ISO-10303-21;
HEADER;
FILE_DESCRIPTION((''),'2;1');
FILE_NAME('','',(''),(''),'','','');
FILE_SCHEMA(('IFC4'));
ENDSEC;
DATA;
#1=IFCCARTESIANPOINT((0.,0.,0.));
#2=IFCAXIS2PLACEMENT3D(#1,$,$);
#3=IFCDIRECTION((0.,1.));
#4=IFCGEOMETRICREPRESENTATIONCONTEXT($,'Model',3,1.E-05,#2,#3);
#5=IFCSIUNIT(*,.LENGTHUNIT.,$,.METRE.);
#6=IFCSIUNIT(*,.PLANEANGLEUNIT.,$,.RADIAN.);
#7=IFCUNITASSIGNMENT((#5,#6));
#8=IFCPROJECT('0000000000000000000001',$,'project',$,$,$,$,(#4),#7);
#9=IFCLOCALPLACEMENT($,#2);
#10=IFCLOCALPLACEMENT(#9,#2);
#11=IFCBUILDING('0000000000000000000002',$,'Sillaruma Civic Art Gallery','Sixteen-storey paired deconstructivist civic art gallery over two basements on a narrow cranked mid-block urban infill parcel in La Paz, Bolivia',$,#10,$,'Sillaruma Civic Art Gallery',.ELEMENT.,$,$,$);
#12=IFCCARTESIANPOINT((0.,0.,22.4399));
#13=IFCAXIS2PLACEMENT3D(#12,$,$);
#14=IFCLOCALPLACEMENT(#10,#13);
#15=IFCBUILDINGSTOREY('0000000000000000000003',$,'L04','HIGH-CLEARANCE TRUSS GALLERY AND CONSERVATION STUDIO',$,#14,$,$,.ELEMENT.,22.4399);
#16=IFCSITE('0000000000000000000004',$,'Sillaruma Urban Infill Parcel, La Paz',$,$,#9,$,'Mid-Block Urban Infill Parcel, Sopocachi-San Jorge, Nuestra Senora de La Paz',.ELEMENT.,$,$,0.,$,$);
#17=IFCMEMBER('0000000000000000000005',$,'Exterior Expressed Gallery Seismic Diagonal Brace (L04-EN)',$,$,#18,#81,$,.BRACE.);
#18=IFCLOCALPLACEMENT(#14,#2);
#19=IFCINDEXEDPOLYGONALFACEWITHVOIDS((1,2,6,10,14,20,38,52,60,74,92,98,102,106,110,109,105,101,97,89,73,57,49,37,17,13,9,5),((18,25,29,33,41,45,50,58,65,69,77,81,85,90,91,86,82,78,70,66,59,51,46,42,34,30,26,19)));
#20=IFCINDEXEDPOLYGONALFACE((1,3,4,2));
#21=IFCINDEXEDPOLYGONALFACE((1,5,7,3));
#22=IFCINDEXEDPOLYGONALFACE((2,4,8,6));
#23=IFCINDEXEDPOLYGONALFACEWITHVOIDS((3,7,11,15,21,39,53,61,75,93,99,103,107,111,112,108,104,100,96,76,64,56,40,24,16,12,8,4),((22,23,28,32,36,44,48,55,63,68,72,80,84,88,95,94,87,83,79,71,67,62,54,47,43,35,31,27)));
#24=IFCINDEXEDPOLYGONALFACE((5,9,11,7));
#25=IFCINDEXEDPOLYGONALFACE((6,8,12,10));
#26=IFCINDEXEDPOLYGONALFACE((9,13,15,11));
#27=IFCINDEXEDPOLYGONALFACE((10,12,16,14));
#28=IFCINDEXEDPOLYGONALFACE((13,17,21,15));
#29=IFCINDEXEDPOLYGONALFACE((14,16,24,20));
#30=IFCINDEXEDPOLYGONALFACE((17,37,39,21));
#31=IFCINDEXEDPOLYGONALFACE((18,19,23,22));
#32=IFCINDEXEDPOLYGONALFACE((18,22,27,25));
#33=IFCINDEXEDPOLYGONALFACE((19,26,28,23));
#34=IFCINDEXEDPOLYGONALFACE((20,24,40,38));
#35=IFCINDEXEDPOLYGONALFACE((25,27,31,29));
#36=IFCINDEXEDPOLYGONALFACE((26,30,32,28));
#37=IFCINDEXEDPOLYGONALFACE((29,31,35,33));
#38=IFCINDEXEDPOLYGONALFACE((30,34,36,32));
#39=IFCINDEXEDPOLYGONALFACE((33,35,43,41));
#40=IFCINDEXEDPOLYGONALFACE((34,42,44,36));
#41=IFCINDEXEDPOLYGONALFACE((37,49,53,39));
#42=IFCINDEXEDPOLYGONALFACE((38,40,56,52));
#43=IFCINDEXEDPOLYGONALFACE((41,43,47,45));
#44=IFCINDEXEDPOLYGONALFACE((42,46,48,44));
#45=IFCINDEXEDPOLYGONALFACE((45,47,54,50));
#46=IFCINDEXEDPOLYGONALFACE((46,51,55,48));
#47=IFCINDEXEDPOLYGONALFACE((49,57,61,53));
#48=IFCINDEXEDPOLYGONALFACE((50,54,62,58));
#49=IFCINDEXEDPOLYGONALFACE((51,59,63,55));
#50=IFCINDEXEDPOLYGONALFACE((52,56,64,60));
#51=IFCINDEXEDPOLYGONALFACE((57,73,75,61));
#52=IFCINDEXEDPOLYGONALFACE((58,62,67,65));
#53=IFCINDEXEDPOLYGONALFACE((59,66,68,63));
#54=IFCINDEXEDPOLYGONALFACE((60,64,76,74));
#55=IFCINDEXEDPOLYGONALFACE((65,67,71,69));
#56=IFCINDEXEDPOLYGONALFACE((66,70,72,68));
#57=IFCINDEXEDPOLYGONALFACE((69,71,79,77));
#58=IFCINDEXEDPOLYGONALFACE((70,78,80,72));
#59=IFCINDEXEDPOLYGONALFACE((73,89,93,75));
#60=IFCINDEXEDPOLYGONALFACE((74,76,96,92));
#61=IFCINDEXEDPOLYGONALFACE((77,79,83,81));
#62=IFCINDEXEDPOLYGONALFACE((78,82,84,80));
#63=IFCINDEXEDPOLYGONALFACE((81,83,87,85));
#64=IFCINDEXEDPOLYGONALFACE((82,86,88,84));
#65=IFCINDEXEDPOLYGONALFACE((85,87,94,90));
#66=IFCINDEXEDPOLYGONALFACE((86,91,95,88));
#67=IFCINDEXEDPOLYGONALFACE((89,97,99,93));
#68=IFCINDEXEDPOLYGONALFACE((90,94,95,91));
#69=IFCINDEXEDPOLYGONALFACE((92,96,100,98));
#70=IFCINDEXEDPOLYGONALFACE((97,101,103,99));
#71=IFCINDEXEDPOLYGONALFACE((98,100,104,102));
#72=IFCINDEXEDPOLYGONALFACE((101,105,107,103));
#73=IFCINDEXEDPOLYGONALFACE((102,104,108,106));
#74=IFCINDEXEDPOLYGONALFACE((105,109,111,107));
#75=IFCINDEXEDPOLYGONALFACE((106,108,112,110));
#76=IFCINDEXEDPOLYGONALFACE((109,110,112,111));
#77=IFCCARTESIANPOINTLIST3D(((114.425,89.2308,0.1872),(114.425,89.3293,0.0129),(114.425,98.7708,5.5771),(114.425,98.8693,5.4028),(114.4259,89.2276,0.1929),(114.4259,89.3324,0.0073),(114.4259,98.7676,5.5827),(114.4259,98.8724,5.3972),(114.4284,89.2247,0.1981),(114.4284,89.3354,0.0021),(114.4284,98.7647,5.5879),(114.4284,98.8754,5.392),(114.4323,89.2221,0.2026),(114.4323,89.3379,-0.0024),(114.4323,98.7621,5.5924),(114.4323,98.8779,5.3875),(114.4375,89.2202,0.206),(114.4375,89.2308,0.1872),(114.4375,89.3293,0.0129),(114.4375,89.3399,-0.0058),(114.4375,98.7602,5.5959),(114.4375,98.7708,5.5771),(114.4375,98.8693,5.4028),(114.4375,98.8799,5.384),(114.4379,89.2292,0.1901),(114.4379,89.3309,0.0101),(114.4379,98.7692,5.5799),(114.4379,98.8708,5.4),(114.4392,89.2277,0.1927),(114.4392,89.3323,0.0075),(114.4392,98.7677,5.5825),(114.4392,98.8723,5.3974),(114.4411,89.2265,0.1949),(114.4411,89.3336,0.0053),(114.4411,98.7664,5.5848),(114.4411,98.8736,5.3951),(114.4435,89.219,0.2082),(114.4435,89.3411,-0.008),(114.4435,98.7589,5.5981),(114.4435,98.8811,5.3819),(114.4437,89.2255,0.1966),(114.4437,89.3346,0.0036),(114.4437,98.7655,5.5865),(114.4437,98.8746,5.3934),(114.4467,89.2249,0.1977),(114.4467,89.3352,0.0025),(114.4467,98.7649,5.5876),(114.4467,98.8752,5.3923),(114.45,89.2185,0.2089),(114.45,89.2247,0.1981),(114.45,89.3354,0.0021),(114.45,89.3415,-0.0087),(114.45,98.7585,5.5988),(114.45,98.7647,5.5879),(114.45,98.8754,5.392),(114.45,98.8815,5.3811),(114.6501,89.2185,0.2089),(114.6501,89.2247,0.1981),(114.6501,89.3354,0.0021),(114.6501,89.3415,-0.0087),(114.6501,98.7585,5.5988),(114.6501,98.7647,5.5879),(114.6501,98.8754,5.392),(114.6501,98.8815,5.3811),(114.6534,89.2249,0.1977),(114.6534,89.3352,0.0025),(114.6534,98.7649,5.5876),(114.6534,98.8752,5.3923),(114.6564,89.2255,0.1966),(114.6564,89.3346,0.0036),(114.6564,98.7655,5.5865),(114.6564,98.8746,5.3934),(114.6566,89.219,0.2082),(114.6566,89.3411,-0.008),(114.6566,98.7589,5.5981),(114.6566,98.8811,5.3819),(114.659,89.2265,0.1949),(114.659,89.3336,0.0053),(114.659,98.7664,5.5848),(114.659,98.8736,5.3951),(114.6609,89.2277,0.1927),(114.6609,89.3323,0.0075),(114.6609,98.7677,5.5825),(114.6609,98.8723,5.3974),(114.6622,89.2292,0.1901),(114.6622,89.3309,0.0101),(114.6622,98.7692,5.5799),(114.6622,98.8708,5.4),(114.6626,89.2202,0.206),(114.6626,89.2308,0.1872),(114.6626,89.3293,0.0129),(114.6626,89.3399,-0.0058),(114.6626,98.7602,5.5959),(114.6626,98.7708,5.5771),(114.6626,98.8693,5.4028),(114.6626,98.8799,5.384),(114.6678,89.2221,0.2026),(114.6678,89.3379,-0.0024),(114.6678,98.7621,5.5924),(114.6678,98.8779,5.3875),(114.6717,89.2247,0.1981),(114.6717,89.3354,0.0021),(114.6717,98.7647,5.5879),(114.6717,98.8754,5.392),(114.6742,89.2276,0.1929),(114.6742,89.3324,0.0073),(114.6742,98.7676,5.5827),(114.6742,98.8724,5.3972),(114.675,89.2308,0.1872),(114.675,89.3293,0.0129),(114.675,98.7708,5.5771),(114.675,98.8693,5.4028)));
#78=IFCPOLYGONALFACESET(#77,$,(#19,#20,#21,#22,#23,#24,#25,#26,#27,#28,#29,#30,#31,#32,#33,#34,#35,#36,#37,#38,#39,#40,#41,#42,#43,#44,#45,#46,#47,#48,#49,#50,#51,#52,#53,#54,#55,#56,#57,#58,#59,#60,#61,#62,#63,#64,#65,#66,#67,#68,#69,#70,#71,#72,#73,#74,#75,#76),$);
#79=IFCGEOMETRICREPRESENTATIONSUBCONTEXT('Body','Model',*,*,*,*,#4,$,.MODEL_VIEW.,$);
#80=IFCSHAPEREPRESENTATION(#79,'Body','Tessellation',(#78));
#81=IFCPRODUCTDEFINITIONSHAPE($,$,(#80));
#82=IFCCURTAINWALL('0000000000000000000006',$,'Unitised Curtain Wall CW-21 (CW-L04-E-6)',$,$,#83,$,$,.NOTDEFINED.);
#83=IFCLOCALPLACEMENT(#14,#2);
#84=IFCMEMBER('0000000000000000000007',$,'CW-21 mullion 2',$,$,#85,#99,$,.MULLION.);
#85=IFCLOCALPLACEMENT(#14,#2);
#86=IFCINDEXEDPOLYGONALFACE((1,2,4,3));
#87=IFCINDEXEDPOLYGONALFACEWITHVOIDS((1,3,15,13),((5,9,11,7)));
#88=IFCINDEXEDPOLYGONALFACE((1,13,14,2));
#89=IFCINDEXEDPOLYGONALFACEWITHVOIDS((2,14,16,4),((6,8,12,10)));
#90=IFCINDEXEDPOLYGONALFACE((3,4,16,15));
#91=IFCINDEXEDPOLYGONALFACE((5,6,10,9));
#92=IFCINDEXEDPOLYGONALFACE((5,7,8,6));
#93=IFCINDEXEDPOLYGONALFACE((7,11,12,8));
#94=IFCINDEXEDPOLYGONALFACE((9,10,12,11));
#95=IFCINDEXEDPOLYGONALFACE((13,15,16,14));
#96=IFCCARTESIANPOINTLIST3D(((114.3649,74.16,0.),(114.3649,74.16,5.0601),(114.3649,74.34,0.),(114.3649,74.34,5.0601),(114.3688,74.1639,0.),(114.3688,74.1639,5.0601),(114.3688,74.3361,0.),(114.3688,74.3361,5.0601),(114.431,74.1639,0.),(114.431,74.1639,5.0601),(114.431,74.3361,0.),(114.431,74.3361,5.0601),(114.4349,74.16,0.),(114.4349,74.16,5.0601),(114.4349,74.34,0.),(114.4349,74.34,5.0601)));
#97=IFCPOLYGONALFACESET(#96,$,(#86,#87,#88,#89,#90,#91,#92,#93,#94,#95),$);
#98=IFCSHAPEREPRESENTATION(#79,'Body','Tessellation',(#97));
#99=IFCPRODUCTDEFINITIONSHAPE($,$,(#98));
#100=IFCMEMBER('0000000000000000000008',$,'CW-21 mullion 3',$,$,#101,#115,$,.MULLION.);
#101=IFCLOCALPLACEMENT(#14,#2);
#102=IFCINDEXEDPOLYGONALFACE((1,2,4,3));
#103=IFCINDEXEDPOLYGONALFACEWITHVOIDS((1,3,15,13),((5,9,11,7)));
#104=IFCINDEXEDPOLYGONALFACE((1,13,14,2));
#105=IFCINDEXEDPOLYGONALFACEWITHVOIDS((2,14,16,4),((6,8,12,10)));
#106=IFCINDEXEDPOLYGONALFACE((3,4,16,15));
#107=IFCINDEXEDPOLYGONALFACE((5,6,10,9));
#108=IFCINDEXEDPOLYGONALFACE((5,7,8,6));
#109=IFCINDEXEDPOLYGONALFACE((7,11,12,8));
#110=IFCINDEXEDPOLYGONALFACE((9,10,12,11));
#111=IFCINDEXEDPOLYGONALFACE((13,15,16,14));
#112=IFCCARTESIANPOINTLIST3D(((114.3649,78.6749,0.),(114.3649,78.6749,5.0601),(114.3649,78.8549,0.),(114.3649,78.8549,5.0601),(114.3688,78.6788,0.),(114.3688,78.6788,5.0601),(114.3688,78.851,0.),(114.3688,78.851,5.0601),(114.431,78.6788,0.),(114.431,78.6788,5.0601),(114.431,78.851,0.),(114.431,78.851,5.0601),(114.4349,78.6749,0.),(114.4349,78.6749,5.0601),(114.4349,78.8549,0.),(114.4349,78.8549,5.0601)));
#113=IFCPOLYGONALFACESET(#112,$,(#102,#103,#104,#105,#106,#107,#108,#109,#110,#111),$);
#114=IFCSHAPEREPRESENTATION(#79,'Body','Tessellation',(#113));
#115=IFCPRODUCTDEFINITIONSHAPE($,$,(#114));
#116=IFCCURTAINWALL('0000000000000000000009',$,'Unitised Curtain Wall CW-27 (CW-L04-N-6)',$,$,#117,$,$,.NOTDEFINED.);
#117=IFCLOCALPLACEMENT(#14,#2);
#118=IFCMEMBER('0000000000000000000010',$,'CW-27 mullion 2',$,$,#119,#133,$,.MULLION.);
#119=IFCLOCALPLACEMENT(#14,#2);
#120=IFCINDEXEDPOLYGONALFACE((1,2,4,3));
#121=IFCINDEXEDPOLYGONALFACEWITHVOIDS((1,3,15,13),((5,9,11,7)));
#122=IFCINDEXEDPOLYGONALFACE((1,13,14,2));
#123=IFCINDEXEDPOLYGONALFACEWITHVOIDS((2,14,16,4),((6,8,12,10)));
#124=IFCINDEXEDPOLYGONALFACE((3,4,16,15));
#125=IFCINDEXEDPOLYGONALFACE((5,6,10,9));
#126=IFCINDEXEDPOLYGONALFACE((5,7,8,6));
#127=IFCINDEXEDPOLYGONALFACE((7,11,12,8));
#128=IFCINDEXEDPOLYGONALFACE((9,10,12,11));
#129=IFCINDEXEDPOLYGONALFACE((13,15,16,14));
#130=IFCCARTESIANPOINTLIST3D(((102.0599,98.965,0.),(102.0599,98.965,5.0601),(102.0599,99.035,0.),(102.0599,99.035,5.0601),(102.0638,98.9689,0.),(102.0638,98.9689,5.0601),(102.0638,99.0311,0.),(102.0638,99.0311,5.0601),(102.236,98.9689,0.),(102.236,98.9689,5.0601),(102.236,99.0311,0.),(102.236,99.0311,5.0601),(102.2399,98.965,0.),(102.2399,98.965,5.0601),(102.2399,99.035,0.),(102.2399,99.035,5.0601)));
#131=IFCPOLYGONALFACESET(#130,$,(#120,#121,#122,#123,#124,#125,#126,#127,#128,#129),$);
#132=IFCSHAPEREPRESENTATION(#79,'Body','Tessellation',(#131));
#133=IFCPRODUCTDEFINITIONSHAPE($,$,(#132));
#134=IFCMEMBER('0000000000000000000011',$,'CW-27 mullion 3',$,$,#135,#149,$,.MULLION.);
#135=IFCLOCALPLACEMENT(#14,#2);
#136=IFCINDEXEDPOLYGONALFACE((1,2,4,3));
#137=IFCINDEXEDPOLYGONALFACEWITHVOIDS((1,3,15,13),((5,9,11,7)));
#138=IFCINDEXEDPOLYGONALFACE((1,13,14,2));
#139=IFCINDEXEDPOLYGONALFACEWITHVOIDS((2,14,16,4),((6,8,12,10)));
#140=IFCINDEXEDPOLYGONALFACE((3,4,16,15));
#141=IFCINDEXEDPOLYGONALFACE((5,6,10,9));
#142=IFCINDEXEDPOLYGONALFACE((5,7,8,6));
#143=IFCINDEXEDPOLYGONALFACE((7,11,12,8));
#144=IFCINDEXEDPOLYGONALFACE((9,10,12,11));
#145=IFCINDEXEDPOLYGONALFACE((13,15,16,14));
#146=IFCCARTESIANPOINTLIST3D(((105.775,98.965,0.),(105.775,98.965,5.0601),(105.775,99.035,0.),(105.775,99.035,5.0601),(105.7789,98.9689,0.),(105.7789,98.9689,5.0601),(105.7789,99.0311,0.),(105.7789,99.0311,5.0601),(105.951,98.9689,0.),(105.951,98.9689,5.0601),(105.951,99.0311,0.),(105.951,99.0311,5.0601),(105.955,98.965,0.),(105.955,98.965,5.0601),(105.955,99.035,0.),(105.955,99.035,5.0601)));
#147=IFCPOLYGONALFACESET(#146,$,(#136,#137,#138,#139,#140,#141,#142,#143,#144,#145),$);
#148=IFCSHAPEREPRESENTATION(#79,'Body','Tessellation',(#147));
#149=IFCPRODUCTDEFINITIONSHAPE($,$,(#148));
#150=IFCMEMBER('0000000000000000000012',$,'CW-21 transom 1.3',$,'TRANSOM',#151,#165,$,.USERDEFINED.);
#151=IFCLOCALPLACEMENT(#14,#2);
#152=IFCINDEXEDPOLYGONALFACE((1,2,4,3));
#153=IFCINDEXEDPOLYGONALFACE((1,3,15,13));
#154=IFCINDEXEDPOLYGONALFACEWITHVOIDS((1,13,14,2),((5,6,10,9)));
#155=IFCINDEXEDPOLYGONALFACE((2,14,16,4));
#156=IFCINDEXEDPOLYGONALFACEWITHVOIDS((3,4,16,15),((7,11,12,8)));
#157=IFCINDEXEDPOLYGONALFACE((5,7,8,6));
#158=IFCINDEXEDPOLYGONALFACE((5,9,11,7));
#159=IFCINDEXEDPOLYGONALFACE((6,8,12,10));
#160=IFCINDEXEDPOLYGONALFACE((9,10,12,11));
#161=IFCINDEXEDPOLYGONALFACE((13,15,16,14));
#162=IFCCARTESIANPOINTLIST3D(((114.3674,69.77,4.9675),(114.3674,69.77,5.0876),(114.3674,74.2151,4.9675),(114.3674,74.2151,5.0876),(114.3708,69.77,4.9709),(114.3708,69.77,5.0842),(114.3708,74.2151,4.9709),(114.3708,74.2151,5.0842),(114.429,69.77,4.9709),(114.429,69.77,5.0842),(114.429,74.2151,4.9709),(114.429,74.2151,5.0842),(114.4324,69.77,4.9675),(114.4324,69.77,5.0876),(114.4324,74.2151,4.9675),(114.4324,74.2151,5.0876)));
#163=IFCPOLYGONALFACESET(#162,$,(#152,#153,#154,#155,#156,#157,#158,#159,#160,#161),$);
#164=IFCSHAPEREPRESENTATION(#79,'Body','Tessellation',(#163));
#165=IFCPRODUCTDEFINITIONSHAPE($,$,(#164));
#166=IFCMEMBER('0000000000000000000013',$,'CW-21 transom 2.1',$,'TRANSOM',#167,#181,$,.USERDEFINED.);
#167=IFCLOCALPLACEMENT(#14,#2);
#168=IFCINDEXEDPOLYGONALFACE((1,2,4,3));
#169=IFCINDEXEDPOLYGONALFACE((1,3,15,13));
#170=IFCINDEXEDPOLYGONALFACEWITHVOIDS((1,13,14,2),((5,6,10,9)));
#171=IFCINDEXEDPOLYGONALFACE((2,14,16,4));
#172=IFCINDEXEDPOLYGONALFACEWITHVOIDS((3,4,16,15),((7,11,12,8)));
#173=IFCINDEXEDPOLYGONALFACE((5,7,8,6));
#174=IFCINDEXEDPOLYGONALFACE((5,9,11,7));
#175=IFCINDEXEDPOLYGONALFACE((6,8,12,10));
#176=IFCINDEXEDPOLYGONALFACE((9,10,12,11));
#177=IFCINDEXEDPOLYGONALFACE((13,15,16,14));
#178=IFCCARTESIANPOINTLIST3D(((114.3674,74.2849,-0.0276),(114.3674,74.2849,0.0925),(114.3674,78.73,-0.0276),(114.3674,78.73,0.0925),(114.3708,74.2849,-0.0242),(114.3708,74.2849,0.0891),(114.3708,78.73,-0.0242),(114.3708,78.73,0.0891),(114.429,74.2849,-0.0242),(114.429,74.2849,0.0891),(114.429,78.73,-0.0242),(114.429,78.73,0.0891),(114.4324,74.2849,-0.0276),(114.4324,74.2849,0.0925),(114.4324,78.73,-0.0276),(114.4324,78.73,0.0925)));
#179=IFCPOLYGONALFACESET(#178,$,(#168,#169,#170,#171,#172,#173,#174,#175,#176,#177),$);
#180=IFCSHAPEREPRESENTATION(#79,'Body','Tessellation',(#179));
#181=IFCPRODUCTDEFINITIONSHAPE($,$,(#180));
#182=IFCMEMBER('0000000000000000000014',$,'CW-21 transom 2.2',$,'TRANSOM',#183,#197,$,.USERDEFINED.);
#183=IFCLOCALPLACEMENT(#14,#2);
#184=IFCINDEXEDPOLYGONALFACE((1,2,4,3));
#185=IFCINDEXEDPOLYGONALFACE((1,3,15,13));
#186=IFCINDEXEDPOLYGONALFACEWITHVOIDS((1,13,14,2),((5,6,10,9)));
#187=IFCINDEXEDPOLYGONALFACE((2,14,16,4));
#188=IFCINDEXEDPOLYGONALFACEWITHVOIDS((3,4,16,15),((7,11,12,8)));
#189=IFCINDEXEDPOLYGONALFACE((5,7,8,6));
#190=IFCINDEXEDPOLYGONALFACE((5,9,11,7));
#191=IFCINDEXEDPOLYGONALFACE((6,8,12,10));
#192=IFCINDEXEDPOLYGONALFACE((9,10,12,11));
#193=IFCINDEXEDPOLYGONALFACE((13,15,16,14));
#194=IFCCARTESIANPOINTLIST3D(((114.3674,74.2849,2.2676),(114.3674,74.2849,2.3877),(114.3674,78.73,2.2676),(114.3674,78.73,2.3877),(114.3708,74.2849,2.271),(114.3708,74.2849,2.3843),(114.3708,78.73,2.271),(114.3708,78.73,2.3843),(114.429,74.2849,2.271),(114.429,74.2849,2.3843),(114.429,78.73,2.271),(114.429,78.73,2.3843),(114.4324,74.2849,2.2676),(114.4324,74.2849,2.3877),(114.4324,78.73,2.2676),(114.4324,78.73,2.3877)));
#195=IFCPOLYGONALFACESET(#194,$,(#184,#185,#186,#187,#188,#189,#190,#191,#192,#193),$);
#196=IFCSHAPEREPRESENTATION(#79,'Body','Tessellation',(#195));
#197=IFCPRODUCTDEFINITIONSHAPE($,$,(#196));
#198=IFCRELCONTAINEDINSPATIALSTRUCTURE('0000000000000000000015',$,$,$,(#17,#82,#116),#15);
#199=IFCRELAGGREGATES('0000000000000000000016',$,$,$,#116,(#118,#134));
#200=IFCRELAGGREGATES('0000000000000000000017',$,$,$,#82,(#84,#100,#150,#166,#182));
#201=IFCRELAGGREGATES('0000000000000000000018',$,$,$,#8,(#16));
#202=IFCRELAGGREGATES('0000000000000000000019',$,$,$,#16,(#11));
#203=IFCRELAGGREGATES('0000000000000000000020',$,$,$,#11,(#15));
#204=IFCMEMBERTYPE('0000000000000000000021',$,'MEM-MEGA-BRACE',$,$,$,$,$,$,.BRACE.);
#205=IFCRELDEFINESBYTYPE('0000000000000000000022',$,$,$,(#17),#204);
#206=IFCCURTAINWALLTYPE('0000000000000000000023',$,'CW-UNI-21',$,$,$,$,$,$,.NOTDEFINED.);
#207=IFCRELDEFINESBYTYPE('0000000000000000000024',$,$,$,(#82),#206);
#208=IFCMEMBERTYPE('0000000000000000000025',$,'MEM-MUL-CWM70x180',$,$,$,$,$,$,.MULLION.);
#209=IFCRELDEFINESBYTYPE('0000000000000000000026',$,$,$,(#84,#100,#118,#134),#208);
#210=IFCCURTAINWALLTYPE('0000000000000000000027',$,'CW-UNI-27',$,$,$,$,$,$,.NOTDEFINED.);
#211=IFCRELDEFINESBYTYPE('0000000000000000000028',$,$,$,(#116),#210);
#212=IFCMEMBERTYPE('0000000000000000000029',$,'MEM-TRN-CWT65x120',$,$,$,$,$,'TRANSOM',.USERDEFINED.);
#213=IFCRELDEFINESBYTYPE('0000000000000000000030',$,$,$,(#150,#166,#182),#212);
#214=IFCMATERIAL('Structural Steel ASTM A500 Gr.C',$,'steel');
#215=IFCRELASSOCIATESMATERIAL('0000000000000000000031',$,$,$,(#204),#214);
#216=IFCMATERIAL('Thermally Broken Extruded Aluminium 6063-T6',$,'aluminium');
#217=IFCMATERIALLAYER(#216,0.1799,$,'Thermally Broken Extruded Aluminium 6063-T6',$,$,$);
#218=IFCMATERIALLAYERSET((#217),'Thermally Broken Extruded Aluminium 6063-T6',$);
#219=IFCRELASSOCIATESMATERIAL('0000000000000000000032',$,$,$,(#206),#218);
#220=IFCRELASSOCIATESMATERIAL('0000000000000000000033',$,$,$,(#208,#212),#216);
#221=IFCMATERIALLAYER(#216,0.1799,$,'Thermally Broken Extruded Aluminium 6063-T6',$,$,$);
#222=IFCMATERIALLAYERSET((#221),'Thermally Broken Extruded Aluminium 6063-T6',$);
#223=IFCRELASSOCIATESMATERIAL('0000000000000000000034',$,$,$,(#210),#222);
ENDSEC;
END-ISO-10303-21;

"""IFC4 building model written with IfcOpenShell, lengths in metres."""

from ifc_helpers import new_model, si_unit, direction, frame, origin, origin_2d, place, context, subcontext, project, spatial, hollow_rectangle, extrude, material, layer, layer_set, material_profile, profile_set, type_object, element, aggregate, save


model = new_model("IFC4")

# Units and contexts
model_context = context("Model", 3, precision=1e-05, world=origin(), true_north=direction((0.0, 1.0)))
body_context = subcontext(model_context, "Body", "Model", "MODEL_VIEW")
ifc_project = project(units=[si_unit("LENGTHUNIT", "METRE"), si_unit("PLANEANGLEUNIT", "RADIAN")], contexts=[model_context])

# Site, building, storey
site_placement = place(None, origin())
site = spatial("IfcSite", under=ifc_project, at=site_placement, Name="Sillaruma Urban Infill Parcel, La Paz", LongName="Mid-Block Urban Infill Parcel, Sopocachi-San Jorge, Nuestra Senora de La Paz", CompositionType="ELEMENT", RefElevation=0.0)
building_placement = place(site_placement, origin())
building = spatial("IfcBuilding", under=site, at=building_placement, Name="Sillaruma Civic Art Gallery", Description="Sixteen-storey paired deconstructivist civic art gallery over two basements on a narrow cranked mid-block urban infill parcel in La Paz, Bolivia", LongName="Sillaruma Civic Art Gallery", CompositionType="ELEMENT")
storey_placement = place(building_placement, frame((0.0, 0.0, 22.4399)))
storey = spatial("IfcBuildingStorey", under=building, at=storey_placement, Name="L04", Description="HIGH-CLEARANCE TRUSS GALLERY AND CONSERVATION STUDIO", CompositionType="ELEMENT", Elevation=22.4399)

# Member
ifc_material_1 = material(Name="Structural Steel ASTM A500 Gr.C", Category="steel")
ifc_material_profile_1 = material_profile(ifc_material_1, hollow_rectangle(XDim=0.25, YDim=0.25, WallThickness=0.0125, InnerFilletRadius=0.0125, OuterFilletRadius=0.0249, at=origin_2d()), Name="HSS250x250x12.5")
ifc_profile_set_1 = profile_set([ifc_material_profile_1], Name="Structural Steel ASTM A500 Gr.C")
member_type_1 = type_object("IfcMemberType", Name="MEM-MEGA-BRACE", PredefinedType="BRACE", material=ifc_profile_set_1)
member_1_placement = place(storey_placement, frame((114.55, 89.28, 0.1001), z_axis=(0.0, 0.870653, 0.491898), x_axis=(-1.0, 0.0, 0.0)))
element("IfcMember", 1, at=member_1_placement, inside=storey, type_object=member_type_1, Name="Exterior Expressed Gallery Seismic Diagonal Brace (L04-EN)", PredefinedType="BRACE", context=body_context, shape_type="SweptSolid", body=[
    extrude(hollow_rectangle(XDim=0.25, YDim=0.25, WallThickness=0.0125, InnerFilletRadius=0.0125, OuterFilletRadius=0.0249, at=origin_2d()), origin(), (0.0, 0.0, 1.0), 10.9573),
])

# Curtain walls, members
ifc_material_2 = material(Name="Thermally Broken Extruded Aluminium 6063-T6", Category="aluminium")
ifc_layer_1 = layer(ifc_material_2, 0.1799, Name="Thermally Broken Extruded Aluminium 6063-T6")
ifc_layer_set_1 = layer_set([ifc_layer_1], Name="Thermally Broken Extruded Aluminium 6063-T6")
curtain_wall_type_1 = type_object("IfcCurtainWallType", Name="CW-UNI-21", PredefinedType="NOTDEFINED", material=ifc_layer_set_1)
curtain_wall_1_placement = place(storey_placement, origin())
curtain_wall_1 = element("IfcCurtainWall", 2, at=curtain_wall_1_placement, inside=storey, type_object=curtain_wall_type_1, Name="Unitised Curtain Wall CW-21 (CW-L04-E-6)", PredefinedType="NOTDEFINED")
ifc_material_profile_2 = material_profile(ifc_material_2, hollow_rectangle(XDim=0.0701, YDim=0.1799, WallThickness=0.0039, at=origin_2d()), Name="CWM70x180")
ifc_profile_set_2 = profile_set([ifc_material_profile_2], Name="Thermally Broken Extruded Aluminium 6063-T6")
member_type_2 = type_object("IfcMemberType", Name="MEM-MUL-CWM70x180", PredefinedType="MULLION", material=ifc_profile_set_2)
member_2_placement = place(storey_placement, frame((114.3999, 74.25, 0.0), z_axis=(0.0, 0.0, 1.0), x_axis=(-1.0, 0.0, 0.0)))
member_2 = element("IfcMember", 3, at=member_2_placement, type_object=member_type_2, Name="CW-21 mullion 2", PredefinedType="MULLION", context=body_context, shape_type="SweptSolid", body=[
    extrude(hollow_rectangle(XDim=0.0701, YDim=0.1799, WallThickness=0.0039, at=origin_2d()), origin(), (0.0, 0.0, 1.0), 5.0601),
])
member_3_placement = place(storey_placement, frame((114.3999, 78.7649, 0.0), z_axis=(0.0, 0.0, 1.0), x_axis=(-1.0, 0.0, 0.0)))
member_3 = element("IfcMember", 4, at=member_3_placement, type_object=member_type_2, Name="CW-21 mullion 3", PredefinedType="MULLION", context=body_context, shape_type="SweptSolid", body=[
    extrude(hollow_rectangle(XDim=0.0701, YDim=0.1799, WallThickness=0.0039, at=origin_2d()), origin(), (0.0, 0.0, 1.0), 5.0601),
])
ifc_layer_2 = layer(ifc_material_2, 0.1799, Name="Thermally Broken Extruded Aluminium 6063-T6")
ifc_layer_set_2 = layer_set([ifc_layer_2], Name="Thermally Broken Extruded Aluminium 6063-T6")
curtain_wall_type_2 = type_object("IfcCurtainWallType", Name="CW-UNI-27", PredefinedType="NOTDEFINED", material=ifc_layer_set_2)
curtain_wall_2_placement = place(storey_placement, origin())
curtain_wall_2 = element("IfcCurtainWall", 5, at=curtain_wall_2_placement, inside=storey, type_object=curtain_wall_type_2, Name="Unitised Curtain Wall CW-27 (CW-L04-N-6)", PredefinedType="NOTDEFINED")
member_4_placement = place(storey_placement, frame((102.1499, 99.0, 0.0), z_axis=(0.0, 0.0, 1.0), x_axis=(0.0, 1.0, 0.0)))
member_4 = element("IfcMember", 6, at=member_4_placement, type_object=member_type_2, Name="CW-27 mullion 2", PredefinedType="MULLION", context=body_context, shape_type="SweptSolid", body=[
    extrude(hollow_rectangle(XDim=0.0701, YDim=0.1799, WallThickness=0.0039, at=origin_2d()), origin(), (0.0, 0.0, 1.0), 5.0601),
])
member_5_placement = place(storey_placement, frame((105.865, 99.0, 0.0), z_axis=(0.0, 0.0, 1.0), x_axis=(0.0, 1.0, 0.0)))
member_5 = element("IfcMember", 7, at=member_5_placement, type_object=member_type_2, Name="CW-27 mullion 3", PredefinedType="MULLION", context=body_context, shape_type="SweptSolid", body=[
    extrude(hollow_rectangle(XDim=0.0701, YDim=0.1799, WallThickness=0.0039, at=origin_2d()), origin(), (0.0, 0.0, 1.0), 5.0601),
])

# Members
ifc_material_profile_3 = material_profile(ifc_material_2, hollow_rectangle(XDim=0.0649, YDim=0.1201, WallThickness=0.0034, at=origin_2d()), Name="CWT65x120")
ifc_profile_set_3 = profile_set([ifc_material_profile_3], Name="Thermally Broken Extruded Aluminium 6063-T6")
member_type_3 = type_object("IfcMemberType", Name="MEM-TRN-CWT65x120", ElementType="TRANSOM", PredefinedType="USERDEFINED", material=ifc_profile_set_3)
member_6_placement = place(storey_placement, frame((114.3999, 69.77, 5.0276), z_axis=(0.0, 1.0, 0.0), x_axis=(-1.0, 0.0, 0.0)))
member_6 = element("IfcMember", 8, at=member_6_placement, type_object=member_type_3, Name="CW-21 transom 1.3", ObjectType="TRANSOM", PredefinedType="USERDEFINED", context=body_context, shape_type="SweptSolid", body=[
    extrude(hollow_rectangle(XDim=0.0649, YDim=0.1201, WallThickness=0.0034, at=origin_2d()), origin(), (0.0, 0.0, 1.0), 4.4451),
])
member_7_placement = place(storey_placement, frame((114.3999, 74.2849, 0.0325), z_axis=(0.0, 1.0, 0.0), x_axis=(-1.0, 0.0, 0.0)))
member_7 = element("IfcMember", 9, at=member_7_placement, type_object=member_type_3, Name="CW-21 transom 2.1", ObjectType="TRANSOM", PredefinedType="USERDEFINED", context=body_context, shape_type="SweptSolid", body=[
    extrude(hollow_rectangle(XDim=0.0649, YDim=0.1201, WallThickness=0.0034, at=origin_2d()), origin(), (0.0, 0.0, 1.0), 4.4451),
])
member_8_placement = place(storey_placement, frame((114.3999, 74.2849, 2.3276), z_axis=(0.0, 1.0, 0.0), x_axis=(-1.0, 0.0, 0.0)))
member_8 = element("IfcMember", 10, at=member_8_placement, type_object=member_type_3, Name="CW-21 transom 2.2", ObjectType="TRANSOM", PredefinedType="USERDEFINED", context=body_context, shape_type="SweptSolid", body=[
    extrude(hollow_rectangle(XDim=0.0649, YDim=0.1201, WallThickness=0.0034, at=origin_2d()), origin(), (0.0, 0.0, 1.0), 4.4451),
])

aggregate(curtain_wall_2, [member_4, member_5])
aggregate(curtain_wall_1, [member_2, member_3, member_6, member_7, member_8])

save(model, "model.ifc")
